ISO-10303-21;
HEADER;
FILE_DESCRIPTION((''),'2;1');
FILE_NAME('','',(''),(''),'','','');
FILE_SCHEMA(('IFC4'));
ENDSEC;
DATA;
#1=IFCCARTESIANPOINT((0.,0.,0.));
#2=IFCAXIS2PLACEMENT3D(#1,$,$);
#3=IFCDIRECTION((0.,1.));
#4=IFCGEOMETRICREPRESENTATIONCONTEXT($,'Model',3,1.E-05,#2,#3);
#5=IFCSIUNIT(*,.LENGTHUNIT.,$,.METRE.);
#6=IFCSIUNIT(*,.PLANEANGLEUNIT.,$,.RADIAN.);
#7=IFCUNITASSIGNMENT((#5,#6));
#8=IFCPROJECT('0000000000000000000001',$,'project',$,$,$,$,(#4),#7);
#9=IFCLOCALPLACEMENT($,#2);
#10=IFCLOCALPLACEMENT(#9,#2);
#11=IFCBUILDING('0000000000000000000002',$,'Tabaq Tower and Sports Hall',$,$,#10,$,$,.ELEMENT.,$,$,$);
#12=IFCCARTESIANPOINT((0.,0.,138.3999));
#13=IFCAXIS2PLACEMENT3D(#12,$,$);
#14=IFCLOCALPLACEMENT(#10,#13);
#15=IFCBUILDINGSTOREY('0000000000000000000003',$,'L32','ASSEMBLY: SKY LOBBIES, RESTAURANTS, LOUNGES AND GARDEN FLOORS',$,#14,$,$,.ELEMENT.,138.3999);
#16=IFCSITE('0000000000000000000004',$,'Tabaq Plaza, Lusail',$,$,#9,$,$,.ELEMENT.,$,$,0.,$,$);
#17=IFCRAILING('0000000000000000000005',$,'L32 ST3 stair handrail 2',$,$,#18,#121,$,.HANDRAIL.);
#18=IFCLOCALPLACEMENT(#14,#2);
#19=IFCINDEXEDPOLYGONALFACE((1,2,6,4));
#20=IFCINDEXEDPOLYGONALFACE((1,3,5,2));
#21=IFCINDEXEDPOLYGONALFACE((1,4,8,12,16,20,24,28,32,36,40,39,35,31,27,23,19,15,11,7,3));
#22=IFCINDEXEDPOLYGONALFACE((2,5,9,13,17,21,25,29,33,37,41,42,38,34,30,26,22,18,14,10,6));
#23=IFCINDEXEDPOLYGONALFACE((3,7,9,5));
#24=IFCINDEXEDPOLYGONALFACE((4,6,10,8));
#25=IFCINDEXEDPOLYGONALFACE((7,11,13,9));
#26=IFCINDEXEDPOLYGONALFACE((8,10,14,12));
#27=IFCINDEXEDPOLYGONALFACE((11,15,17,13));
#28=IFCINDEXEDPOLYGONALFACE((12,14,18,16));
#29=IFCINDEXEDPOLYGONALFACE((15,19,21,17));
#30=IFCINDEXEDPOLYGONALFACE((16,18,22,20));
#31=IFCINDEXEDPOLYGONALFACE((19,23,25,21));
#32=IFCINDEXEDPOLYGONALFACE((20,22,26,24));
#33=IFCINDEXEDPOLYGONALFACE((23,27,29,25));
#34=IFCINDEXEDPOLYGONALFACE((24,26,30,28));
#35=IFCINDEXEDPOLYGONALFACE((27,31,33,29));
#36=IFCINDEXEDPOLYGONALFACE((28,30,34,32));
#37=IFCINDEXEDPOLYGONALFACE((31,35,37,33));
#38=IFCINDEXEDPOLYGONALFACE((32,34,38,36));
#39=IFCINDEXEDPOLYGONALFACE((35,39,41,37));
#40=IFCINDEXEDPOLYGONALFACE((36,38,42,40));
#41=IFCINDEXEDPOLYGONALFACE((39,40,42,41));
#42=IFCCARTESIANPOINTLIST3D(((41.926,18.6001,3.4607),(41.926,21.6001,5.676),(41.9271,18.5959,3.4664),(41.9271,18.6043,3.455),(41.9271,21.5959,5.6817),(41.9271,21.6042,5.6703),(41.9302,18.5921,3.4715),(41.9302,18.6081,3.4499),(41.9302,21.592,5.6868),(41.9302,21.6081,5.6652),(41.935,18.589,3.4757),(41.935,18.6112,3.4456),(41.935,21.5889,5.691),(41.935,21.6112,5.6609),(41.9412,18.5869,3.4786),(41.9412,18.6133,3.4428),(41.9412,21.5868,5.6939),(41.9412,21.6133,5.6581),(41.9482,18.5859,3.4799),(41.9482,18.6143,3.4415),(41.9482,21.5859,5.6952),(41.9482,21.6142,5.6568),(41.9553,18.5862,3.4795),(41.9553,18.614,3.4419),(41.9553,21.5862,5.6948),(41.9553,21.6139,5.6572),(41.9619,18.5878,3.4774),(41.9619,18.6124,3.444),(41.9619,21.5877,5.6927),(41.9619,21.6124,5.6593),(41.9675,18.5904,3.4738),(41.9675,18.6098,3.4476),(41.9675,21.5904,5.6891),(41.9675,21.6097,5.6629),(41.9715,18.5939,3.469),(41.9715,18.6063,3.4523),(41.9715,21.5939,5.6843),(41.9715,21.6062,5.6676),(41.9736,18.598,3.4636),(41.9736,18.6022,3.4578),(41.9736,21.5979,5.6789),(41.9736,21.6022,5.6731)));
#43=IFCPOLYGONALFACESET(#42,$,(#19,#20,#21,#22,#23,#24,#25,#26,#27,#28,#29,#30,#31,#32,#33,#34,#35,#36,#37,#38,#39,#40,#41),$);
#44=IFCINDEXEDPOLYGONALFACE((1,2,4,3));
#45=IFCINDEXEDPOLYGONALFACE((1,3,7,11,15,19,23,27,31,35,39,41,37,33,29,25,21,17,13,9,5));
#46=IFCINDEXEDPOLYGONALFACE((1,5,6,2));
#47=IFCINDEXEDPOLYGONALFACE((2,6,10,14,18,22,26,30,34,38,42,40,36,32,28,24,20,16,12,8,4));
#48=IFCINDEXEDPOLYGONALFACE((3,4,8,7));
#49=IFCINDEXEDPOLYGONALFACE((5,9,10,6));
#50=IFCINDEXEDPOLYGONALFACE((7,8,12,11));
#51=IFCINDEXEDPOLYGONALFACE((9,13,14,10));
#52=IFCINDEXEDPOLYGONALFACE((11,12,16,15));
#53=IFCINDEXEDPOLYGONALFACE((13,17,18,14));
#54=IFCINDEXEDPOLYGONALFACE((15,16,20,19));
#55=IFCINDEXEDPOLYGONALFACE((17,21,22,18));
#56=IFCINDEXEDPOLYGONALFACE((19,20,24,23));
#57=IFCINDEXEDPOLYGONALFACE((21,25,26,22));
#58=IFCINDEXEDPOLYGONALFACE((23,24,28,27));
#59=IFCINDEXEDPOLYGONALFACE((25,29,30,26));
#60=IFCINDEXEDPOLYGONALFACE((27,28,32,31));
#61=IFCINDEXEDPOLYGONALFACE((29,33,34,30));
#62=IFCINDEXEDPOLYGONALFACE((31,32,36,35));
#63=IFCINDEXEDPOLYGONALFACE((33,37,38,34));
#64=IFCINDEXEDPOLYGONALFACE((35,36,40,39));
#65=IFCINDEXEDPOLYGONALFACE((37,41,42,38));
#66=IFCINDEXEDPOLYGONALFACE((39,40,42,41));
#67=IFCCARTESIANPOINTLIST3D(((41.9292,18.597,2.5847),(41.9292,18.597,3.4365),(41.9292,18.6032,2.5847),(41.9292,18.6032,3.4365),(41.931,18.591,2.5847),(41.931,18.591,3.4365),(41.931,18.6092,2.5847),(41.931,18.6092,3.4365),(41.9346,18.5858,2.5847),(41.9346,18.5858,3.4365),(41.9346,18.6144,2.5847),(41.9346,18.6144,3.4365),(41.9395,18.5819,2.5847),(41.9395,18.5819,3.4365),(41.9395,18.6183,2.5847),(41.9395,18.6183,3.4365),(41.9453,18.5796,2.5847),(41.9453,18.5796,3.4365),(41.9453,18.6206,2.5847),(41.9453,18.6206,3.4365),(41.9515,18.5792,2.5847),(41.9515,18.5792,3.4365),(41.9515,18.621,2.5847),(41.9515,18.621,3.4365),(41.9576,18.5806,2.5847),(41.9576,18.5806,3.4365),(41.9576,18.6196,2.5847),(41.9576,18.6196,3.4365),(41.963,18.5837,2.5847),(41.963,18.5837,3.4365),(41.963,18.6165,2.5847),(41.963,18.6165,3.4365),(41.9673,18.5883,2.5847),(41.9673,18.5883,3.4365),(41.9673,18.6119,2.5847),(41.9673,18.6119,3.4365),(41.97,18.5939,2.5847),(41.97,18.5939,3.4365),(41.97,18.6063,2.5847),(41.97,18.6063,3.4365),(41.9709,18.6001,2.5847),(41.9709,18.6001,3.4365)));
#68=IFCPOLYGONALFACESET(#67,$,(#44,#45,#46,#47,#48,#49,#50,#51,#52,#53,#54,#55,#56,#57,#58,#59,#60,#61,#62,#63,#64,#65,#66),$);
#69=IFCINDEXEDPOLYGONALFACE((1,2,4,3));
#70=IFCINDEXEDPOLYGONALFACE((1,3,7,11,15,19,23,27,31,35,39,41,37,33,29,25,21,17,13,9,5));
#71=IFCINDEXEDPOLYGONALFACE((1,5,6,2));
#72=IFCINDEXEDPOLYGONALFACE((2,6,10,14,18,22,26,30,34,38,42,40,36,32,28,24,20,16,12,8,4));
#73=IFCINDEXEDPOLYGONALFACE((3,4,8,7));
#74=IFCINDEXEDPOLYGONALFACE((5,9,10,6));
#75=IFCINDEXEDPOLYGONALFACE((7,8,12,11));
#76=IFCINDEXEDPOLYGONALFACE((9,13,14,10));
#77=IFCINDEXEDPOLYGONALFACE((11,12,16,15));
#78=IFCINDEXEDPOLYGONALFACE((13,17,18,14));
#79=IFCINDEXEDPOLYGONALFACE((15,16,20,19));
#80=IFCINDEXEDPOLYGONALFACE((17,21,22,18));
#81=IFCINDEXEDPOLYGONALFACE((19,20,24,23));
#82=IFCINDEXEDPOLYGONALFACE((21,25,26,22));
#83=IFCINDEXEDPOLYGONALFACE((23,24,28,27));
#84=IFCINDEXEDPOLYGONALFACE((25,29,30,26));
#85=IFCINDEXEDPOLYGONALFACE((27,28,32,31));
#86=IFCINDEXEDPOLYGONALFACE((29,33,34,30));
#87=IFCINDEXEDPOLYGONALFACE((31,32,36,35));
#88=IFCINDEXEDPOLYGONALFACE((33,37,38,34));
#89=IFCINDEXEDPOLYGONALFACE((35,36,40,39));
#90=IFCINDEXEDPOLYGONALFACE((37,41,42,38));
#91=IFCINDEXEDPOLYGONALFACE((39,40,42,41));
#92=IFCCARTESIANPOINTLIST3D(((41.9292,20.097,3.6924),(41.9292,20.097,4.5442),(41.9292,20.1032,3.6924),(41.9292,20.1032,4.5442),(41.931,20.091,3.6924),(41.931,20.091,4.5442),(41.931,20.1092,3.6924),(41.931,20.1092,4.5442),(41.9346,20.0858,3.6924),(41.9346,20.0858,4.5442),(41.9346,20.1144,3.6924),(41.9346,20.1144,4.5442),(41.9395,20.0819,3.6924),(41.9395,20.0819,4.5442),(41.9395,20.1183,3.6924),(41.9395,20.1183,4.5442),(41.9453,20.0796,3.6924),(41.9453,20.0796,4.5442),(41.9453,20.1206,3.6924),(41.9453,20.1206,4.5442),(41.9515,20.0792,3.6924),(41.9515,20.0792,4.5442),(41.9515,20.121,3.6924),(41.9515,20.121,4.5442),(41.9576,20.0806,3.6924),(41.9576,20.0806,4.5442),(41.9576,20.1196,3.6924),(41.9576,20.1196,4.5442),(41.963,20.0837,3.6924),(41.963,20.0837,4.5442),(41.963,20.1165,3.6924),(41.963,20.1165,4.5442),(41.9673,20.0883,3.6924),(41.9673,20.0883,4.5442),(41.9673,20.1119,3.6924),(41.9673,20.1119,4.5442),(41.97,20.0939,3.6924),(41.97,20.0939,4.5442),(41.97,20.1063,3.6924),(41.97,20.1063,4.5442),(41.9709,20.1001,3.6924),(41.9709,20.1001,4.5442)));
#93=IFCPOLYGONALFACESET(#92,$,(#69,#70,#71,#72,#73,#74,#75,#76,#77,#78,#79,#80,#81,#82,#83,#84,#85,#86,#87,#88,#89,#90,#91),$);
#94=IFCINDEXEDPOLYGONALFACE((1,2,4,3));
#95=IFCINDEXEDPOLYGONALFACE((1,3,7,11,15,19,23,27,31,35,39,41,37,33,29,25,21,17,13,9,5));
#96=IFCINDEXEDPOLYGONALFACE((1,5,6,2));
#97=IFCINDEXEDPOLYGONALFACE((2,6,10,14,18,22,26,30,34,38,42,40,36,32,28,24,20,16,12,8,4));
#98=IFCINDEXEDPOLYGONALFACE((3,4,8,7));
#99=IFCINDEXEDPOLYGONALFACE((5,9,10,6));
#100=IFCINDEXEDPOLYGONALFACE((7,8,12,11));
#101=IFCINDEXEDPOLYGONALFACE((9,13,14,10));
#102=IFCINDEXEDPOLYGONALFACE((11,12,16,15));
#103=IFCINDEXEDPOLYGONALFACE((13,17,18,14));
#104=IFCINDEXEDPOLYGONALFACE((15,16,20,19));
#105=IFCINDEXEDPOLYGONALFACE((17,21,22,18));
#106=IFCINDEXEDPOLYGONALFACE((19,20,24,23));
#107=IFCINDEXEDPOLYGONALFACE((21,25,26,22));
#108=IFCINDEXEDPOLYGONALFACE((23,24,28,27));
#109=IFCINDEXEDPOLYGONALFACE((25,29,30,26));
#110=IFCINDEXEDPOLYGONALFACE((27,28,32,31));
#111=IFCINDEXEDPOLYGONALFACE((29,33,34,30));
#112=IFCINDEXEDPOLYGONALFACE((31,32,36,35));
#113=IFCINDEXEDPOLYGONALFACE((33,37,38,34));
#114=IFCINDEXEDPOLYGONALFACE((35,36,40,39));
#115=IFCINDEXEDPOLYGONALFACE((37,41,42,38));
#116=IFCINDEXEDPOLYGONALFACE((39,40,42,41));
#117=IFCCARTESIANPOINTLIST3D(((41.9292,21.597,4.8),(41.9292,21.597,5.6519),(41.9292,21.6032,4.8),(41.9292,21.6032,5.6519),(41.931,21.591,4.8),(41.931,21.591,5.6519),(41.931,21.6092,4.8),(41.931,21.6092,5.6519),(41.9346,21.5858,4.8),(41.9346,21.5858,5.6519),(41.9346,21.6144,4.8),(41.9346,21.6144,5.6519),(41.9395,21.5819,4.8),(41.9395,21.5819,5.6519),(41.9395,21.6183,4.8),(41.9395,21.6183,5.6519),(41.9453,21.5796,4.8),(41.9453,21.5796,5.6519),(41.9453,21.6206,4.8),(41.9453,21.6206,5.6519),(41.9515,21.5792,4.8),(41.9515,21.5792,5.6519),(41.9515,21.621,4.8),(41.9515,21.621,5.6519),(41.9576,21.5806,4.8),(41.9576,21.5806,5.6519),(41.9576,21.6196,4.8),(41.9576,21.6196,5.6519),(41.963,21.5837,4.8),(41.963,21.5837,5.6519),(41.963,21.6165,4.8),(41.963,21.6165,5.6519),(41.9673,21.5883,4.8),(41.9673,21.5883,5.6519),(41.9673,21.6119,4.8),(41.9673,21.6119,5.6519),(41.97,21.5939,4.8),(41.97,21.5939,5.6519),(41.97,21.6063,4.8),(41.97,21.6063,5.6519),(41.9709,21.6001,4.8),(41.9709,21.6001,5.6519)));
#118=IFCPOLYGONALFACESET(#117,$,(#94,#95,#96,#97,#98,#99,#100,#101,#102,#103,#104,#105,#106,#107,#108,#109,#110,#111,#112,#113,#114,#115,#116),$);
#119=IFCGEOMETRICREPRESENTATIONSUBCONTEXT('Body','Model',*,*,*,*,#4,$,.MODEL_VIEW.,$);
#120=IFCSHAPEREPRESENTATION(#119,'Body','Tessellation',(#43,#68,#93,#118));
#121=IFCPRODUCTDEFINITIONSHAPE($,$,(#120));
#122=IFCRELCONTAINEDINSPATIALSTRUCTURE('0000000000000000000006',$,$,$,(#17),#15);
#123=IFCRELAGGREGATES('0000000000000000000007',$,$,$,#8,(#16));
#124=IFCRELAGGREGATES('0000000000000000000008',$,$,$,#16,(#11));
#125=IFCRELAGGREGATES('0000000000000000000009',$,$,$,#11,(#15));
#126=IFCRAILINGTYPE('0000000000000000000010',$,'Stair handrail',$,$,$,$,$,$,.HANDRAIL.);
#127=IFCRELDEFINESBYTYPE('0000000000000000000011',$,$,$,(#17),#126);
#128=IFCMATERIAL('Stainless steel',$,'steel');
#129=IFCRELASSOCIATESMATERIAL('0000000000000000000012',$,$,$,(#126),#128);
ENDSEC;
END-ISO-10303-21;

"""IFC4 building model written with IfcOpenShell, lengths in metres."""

from ifc_helpers import new_model, si_unit, direction, frame, origin, origin_2d, place, context, subcontext, project, spatial, circle, extrude, material, type_object, element, save


model = new_model("IFC4")

# Units and contexts
model_context = context("Model", 3, precision=1e-05, world=origin(), true_north=direction((0.0, 1.0)))
body_context = subcontext(model_context, "Body", "Model", "MODEL_VIEW")
ifc_project = project(units=[si_unit("LENGTHUNIT", "METRE"), si_unit("PLANEANGLEUNIT", "RADIAN")], contexts=[model_context])

# Site, building, storey
site_placement = place(None, origin())
site = spatial("IfcSite", under=ifc_project, at=site_placement, Name="Tabaq Plaza, Lusail", CompositionType="ELEMENT", RefElevation=0.0)
building_placement = place(site_placement, origin())
building = spatial("IfcBuilding", under=site, at=building_placement, Name="Tabaq Tower and Sports Hall", CompositionType="ELEMENT")
storey_placement = place(building_placement, frame((0.0, 0.0, 138.3999)))
storey = spatial("IfcBuildingStorey", under=building, at=storey_placement, Name="L32", Description="ASSEMBLY: SKY LOBBIES, RESTAURANTS, LOUNGES AND GARDEN FLOORS", CompositionType="ELEMENT", Elevation=138.3999)

# Railing
ifc_material_1 = material(Name="Stainless steel", Category="steel")
railing_type = type_object("IfcRailingType", Name="Stair handrail", PredefinedType="HANDRAIL", material=ifc_material_1)
railing_placement = place(storey_placement, frame((41.95, 18.6001, 2.5847)))
element("IfcRailing", 1, at=railing_placement, inside=storey, type_object=railing_type, Name="L32 ST3 stair handrail 2", PredefinedType="HANDRAIL", context=body_context, shape_type="SweptSolid", body=[
    extrude(circle(Radius=0.0239, at=origin_2d()), frame((0.0, 0.0, 0.876), z_axis=(0.0, 0.80444, 0.594034), x_axis=(-1.0, 0.0, 0.0)), (0.0, 0.0, 1.0), 3.7292),
    extrude(circle(Radius=0.021, at=origin_2d()), origin(), (0.0, 0.0, 1.0), 0.8518),
    extrude(circle(Radius=0.021, at=origin_2d()), frame((0.0, 1.5, 1.1077)), (0.0, 0.0, 1.0), 0.8518),
    extrude(circle(Radius=0.021, at=origin_2d()), frame((0.0, 3.0, 2.2153)), (0.0, 0.0, 1.0), 0.8518),
])

save(model, "model.ifc")
